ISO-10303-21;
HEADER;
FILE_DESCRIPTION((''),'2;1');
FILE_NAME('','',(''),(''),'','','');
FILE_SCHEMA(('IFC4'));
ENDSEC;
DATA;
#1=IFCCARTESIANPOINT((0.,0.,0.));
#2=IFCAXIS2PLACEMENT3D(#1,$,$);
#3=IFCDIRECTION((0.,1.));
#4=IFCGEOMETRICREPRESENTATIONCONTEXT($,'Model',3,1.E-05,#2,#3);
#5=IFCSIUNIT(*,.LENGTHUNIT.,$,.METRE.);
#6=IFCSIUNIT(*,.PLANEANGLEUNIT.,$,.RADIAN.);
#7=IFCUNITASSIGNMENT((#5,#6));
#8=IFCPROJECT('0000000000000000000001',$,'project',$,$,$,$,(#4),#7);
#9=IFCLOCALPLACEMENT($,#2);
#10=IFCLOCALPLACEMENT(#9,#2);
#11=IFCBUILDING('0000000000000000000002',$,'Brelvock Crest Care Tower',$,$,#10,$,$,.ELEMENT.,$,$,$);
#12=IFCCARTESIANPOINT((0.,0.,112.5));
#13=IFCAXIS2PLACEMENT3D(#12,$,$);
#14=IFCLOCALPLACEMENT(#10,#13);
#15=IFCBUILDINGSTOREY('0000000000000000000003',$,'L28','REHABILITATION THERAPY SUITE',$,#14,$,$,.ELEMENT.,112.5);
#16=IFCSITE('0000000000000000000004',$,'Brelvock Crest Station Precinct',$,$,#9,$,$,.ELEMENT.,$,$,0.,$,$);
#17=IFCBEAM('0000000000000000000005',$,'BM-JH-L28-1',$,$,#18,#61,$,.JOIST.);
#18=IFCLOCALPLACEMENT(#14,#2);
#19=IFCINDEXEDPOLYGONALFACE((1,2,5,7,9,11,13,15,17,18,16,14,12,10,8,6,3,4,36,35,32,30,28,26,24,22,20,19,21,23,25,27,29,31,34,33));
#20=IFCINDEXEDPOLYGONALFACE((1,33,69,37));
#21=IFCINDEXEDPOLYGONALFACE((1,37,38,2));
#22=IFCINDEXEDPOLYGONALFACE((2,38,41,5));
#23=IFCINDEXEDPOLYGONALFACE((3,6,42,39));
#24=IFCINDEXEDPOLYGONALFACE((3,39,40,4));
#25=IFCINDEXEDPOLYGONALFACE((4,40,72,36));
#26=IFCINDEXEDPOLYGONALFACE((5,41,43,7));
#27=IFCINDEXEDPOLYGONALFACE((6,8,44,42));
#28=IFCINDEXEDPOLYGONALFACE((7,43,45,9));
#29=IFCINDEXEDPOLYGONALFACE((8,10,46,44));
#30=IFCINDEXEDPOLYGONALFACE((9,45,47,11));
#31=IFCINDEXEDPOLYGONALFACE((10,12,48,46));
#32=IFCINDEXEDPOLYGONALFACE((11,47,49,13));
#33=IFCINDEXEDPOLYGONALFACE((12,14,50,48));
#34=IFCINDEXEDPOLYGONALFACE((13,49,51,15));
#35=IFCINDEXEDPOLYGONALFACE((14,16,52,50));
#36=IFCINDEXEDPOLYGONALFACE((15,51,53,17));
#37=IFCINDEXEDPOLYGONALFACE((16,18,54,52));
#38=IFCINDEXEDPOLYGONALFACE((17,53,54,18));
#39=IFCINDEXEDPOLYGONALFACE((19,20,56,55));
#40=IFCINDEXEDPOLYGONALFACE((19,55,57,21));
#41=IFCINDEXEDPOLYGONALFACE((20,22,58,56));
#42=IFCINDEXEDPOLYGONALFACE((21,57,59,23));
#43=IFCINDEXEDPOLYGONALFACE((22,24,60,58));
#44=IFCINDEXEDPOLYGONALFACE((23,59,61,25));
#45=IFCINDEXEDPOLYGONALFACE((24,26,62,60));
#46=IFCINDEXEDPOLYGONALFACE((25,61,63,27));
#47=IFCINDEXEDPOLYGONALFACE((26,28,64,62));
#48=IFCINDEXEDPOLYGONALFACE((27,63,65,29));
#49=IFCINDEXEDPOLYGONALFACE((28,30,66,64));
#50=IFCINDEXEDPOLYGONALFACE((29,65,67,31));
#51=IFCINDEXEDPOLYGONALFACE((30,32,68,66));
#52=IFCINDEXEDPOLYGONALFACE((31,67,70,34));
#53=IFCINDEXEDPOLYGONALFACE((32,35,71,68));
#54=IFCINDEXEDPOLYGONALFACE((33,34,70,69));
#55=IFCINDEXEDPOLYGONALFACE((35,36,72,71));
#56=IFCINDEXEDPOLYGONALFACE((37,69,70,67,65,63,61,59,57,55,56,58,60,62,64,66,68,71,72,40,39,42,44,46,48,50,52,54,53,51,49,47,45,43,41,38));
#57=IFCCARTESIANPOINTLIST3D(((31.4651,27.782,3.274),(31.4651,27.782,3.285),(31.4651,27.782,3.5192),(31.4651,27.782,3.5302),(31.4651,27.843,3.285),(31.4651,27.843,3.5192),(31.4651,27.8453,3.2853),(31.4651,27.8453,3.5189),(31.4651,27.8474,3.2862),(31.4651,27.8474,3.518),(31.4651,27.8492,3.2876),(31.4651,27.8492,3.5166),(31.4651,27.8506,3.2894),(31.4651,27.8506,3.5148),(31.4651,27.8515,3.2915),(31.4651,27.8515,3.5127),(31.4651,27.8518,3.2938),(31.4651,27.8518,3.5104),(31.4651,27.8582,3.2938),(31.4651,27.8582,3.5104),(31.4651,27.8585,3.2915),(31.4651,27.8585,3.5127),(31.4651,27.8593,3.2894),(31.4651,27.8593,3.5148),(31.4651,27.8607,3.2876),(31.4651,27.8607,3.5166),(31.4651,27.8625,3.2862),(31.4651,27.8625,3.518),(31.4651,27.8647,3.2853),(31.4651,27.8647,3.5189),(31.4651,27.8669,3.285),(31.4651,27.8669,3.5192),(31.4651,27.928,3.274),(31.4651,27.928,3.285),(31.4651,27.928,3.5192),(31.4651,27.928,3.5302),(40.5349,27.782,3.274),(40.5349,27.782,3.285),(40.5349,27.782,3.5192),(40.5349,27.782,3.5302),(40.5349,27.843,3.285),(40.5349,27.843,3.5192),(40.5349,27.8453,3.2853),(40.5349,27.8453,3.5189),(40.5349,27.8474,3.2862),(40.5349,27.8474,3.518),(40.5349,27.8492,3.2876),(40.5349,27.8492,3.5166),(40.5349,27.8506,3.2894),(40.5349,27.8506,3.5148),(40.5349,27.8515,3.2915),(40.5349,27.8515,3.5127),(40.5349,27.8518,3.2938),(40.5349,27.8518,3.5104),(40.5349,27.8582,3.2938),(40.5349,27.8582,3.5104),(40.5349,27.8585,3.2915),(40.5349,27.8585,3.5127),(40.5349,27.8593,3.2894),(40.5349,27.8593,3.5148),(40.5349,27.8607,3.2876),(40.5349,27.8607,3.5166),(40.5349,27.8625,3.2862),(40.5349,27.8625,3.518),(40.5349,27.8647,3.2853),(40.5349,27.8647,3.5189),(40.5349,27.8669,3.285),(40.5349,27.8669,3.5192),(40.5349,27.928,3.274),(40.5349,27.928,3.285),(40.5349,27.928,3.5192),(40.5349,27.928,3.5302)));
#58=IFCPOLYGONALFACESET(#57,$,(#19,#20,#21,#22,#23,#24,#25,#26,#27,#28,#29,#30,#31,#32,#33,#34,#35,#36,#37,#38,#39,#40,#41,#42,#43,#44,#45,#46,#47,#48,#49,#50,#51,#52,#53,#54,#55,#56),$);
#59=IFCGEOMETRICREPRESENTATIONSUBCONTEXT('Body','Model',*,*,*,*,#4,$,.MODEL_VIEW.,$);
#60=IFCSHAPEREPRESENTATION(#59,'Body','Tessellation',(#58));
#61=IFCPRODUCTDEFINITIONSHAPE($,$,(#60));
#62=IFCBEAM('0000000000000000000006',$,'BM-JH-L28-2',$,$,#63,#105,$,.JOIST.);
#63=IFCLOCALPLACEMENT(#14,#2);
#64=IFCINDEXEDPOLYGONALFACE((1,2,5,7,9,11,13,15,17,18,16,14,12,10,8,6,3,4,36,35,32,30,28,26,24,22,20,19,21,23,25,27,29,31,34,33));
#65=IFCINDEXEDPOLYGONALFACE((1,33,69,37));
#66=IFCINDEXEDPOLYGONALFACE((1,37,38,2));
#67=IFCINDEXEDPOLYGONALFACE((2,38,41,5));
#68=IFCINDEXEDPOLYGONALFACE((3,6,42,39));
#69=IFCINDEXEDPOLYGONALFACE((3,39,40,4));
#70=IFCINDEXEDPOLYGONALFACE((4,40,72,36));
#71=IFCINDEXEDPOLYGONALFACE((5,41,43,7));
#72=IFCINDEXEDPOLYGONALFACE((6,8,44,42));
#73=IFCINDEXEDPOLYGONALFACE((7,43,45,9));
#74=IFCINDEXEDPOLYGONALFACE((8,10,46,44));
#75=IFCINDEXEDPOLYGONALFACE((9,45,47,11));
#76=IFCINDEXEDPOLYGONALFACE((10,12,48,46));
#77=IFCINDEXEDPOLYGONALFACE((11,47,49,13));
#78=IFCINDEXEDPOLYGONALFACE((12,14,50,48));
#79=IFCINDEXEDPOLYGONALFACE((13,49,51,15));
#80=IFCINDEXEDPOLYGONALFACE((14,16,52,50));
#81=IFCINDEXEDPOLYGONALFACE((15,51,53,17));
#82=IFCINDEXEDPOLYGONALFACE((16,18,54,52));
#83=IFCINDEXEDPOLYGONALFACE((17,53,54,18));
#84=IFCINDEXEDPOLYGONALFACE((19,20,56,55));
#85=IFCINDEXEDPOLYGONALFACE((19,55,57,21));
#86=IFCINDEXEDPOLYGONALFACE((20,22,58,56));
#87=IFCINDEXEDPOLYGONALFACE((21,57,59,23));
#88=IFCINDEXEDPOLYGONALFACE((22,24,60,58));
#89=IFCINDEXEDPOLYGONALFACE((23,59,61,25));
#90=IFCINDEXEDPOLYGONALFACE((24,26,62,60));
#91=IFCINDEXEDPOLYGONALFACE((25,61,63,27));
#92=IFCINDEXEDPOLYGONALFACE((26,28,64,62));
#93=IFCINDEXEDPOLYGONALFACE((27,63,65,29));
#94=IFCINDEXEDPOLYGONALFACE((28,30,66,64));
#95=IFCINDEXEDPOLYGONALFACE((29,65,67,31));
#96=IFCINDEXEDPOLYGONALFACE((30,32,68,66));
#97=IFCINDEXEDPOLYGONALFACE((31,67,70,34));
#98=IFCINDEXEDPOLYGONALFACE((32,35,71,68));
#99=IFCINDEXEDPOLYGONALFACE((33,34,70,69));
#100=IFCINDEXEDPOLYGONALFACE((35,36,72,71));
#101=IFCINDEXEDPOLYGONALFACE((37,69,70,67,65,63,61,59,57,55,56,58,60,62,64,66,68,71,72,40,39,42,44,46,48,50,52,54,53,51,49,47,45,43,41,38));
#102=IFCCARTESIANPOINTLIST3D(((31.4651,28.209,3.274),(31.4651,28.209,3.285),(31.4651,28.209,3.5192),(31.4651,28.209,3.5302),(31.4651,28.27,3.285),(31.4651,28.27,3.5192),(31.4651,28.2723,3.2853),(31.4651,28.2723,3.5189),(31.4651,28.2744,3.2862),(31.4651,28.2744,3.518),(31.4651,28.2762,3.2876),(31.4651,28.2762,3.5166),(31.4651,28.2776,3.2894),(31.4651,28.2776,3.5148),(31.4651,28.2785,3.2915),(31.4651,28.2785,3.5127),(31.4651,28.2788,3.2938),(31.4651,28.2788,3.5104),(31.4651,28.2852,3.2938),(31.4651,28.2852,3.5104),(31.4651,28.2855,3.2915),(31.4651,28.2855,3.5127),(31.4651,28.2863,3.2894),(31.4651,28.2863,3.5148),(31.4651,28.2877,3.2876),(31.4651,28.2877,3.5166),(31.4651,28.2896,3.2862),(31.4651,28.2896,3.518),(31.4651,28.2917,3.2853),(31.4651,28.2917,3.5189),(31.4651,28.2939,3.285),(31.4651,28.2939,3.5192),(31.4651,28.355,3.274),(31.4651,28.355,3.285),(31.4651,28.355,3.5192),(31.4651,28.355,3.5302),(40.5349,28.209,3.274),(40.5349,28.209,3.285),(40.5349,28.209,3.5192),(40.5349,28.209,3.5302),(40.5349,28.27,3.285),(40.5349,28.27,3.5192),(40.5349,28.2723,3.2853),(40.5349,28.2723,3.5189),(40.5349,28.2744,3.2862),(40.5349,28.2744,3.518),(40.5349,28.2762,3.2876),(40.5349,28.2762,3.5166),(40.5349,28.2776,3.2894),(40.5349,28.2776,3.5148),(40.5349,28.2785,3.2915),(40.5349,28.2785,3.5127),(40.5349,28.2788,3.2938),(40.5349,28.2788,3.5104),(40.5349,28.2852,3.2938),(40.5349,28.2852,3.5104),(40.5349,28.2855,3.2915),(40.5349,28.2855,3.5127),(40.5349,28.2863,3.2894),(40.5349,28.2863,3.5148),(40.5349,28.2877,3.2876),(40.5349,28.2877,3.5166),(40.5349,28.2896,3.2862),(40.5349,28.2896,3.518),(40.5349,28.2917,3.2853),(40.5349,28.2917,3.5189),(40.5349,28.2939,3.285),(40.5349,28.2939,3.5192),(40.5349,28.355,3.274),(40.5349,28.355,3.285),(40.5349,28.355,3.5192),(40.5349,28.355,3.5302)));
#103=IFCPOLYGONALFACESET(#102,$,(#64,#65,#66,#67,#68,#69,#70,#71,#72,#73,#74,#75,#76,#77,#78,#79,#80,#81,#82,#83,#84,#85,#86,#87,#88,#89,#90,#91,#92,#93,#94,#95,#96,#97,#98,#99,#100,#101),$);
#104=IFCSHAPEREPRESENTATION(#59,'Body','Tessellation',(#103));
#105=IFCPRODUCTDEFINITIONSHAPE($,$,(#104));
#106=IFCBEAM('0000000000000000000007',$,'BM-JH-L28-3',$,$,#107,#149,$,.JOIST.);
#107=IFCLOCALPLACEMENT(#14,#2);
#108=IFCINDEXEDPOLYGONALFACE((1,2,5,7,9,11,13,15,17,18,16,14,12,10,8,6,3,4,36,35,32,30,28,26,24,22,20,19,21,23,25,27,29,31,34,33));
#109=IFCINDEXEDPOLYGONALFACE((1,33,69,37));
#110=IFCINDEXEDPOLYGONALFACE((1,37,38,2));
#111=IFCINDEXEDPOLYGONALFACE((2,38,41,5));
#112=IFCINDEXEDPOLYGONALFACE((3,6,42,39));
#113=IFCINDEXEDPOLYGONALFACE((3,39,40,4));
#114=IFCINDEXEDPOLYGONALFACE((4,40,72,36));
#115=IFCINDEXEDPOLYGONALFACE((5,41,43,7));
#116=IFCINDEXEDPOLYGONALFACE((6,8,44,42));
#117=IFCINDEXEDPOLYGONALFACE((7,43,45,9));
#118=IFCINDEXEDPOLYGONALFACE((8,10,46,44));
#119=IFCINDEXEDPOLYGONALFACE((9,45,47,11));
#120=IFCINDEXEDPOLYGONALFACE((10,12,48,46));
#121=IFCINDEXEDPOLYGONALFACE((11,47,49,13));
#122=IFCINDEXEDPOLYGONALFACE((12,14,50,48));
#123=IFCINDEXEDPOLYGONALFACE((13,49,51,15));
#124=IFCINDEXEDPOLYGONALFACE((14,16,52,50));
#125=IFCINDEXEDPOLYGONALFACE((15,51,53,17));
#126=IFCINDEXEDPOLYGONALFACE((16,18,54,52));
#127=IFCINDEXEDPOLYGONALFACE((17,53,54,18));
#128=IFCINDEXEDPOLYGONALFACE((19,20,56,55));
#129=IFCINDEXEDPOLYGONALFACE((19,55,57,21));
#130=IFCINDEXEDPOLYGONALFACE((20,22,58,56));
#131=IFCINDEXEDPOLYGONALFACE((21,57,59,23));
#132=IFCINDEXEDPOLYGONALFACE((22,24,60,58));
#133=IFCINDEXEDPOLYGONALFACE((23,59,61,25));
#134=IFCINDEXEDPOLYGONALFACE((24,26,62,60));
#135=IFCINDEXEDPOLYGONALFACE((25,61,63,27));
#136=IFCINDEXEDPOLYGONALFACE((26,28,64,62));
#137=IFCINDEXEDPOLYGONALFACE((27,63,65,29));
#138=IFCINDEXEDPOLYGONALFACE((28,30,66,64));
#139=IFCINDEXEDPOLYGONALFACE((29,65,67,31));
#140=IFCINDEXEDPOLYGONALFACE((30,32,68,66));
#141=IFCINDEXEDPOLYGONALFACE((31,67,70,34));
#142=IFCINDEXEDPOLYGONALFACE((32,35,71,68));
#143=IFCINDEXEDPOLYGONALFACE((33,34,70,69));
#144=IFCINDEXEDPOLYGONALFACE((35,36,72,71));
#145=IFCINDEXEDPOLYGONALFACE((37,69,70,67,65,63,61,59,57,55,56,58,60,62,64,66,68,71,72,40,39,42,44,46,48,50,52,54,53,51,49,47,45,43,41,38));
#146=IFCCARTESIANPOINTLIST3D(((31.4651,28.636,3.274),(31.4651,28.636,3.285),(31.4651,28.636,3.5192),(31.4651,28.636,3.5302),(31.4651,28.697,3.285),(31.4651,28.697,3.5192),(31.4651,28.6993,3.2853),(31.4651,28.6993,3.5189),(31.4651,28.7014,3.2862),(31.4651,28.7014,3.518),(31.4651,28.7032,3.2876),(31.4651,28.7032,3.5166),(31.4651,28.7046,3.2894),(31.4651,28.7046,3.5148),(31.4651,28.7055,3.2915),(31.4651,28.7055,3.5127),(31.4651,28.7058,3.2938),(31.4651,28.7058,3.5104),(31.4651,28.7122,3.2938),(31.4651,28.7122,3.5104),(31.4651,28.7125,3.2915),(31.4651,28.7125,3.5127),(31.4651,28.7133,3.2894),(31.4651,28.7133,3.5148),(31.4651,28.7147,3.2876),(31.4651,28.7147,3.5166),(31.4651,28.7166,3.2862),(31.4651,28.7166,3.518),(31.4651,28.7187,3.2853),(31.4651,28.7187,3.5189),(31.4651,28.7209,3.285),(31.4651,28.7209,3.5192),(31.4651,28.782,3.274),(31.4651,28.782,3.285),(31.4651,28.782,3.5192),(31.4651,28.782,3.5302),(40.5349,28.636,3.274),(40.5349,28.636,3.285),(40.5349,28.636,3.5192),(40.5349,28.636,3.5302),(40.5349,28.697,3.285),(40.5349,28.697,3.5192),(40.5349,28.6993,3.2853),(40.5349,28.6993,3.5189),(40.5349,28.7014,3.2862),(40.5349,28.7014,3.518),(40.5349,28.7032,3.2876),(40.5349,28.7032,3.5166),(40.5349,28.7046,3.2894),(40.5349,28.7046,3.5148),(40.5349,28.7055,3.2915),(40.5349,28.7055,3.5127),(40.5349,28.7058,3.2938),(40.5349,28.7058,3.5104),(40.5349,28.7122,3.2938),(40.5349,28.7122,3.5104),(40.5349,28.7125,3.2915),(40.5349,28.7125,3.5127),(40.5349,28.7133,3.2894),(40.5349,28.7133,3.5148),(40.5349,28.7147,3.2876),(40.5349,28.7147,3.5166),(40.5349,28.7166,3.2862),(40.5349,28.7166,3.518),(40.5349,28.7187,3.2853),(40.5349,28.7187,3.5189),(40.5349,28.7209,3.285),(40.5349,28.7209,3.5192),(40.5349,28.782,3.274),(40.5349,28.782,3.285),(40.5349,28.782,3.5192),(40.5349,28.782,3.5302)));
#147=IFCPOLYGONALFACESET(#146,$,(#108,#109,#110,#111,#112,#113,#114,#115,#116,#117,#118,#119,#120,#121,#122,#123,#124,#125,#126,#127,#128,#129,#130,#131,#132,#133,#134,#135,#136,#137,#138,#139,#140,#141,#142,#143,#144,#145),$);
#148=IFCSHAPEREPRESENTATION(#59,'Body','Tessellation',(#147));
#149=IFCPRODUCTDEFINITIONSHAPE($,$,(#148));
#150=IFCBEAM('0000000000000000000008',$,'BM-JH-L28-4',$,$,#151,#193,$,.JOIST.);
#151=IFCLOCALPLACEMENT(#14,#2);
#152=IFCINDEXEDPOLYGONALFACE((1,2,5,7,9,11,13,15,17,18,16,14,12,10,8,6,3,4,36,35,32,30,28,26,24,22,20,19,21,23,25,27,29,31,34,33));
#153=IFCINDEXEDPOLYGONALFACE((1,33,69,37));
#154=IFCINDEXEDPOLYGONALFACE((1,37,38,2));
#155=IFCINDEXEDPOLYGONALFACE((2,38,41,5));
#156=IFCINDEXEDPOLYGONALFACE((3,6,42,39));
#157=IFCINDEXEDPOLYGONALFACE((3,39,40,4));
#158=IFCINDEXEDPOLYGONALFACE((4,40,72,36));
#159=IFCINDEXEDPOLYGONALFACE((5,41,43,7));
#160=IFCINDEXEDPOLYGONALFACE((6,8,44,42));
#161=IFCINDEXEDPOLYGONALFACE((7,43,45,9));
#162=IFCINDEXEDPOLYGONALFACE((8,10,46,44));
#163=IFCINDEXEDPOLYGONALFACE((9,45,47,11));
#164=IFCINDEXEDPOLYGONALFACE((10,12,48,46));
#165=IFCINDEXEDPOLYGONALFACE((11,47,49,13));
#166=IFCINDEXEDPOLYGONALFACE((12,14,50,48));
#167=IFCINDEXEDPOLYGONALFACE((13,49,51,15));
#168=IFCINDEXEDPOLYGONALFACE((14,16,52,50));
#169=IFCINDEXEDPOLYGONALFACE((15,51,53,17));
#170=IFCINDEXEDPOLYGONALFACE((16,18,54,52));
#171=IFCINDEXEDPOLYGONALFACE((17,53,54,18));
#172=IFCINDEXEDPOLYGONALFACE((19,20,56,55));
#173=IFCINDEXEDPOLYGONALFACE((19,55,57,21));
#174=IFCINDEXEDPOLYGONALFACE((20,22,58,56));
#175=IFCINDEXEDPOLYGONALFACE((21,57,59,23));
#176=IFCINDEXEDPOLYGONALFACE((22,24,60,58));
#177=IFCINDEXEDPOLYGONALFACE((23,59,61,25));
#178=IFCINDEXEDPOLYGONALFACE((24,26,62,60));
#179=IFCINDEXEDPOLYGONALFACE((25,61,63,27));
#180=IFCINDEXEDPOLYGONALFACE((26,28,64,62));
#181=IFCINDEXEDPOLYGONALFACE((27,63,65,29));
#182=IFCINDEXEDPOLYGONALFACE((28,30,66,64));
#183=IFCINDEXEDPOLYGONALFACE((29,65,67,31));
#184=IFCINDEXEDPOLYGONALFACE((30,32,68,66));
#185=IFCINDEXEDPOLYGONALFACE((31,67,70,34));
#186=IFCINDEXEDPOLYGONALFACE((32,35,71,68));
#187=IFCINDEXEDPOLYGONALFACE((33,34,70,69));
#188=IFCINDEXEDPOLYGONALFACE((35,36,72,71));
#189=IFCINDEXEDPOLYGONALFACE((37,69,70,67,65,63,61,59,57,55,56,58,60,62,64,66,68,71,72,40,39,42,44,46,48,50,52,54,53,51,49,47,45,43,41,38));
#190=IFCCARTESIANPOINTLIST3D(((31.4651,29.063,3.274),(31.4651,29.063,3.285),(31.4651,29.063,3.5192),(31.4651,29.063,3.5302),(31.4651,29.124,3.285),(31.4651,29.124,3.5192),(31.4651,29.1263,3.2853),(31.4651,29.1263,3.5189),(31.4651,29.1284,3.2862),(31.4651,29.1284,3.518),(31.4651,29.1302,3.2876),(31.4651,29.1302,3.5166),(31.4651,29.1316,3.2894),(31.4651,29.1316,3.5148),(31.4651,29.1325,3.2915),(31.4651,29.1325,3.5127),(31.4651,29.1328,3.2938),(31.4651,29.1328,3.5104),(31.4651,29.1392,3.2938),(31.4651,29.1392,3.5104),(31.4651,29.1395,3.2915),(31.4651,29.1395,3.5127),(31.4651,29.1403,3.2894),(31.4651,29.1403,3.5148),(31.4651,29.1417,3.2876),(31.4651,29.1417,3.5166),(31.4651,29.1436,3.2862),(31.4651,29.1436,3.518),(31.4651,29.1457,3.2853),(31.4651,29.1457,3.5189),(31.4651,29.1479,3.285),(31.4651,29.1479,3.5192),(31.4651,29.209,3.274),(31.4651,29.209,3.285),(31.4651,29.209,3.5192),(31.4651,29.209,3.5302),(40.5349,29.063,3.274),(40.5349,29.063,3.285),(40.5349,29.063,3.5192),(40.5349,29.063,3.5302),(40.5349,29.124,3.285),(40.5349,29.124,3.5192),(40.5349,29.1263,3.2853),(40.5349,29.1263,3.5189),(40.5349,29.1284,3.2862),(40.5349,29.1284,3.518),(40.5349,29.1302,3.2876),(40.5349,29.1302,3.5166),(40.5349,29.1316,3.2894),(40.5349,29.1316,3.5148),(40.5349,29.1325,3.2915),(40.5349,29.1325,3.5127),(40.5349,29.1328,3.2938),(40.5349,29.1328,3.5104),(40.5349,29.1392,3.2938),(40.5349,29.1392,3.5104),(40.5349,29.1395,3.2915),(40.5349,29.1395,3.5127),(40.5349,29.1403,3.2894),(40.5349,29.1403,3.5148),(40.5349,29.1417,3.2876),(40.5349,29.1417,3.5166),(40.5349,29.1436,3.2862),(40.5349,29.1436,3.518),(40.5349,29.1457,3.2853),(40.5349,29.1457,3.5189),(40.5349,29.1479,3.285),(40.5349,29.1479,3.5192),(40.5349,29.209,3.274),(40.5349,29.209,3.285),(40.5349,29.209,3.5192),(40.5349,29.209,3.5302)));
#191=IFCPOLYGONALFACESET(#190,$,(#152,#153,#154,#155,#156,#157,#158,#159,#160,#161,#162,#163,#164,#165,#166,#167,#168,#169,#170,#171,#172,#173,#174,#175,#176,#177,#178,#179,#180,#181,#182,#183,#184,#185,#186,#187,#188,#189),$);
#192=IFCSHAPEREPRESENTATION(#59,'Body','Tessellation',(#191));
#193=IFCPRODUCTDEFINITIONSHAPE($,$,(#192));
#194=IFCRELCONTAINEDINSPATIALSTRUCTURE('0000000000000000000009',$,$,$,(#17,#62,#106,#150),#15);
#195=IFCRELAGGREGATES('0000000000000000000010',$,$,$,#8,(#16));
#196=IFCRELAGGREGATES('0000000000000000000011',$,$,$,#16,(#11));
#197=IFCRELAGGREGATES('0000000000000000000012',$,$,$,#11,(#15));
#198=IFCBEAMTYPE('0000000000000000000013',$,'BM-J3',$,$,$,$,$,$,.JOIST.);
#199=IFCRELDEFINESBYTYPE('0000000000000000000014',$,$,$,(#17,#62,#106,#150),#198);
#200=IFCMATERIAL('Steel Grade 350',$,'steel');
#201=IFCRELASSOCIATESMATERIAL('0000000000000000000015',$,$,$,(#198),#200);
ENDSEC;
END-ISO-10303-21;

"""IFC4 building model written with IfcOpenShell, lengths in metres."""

from ifc_helpers import new_model, si_unit, direction, frame, origin, origin_2d, place, context, subcontext, project, spatial, i_section, extrude, source, transform, mapped, material, material_profile, profile_set, type_object, element, save


model = new_model("IFC4")

# Units and contexts
model_context = context("Model", 3, precision=1e-05, world=origin(), true_north=direction((0.0, 1.0)))
body_context = subcontext(model_context, "Body", "Model", "MODEL_VIEW")
ifc_project = project(units=[si_unit("LENGTHUNIT", "METRE"), si_unit("PLANEANGLEUNIT", "RADIAN")], contexts=[model_context])

# Site, building, storey
site_placement = place(None, origin())
site = spatial("IfcSite", under=ifc_project, at=site_placement, Name="Brelvock Crest Station Precinct", CompositionType="ELEMENT", RefElevation=0.0)
building_placement = place(site_placement, origin())
building = spatial("IfcBuilding", under=site, at=building_placement, Name="Brelvock Crest Care Tower", CompositionType="ELEMENT")
storey_placement = place(building_placement, frame((0.0, 0.0, 112.5)))
storey = spatial("IfcBuildingStorey", under=building, at=storey_placement, Name="L28", Description="REHABILITATION THERAPY SUITE", CompositionType="ELEMENT", Elevation=112.5)

# Shared definitions
ifc_material_1 = material(Name="Steel Grade 350", Category="steel")

# Beams
ifc_material_profile_1 = material_profile(ifc_material_1, i_section(OverallWidth=0.146, OverallDepth=0.2561, WebThickness=0.0063, FlangeThickness=0.011, FilletRadius=0.0088, at=origin_2d()), Name="250UB37.3")
ifc_profile_set_1 = profile_set([ifc_material_profile_1], Name="Steel Grade 350")
beam_type_1 = type_object("IfcBeamType", Name="BM-J3", PredefinedType="JOIST", material=ifc_profile_set_1)
shared_shape_1 = source(origin(), body_context, "Body", "SweptSolid", [
    extrude(i_section(OverallWidth=0.146, OverallDepth=0.2561, WebThickness=0.0063, FlangeThickness=0.011, FilletRadius=0.0088, at=origin_2d()), origin(), (0.0, 0.0, 1.0), 9.0698),
])
for number, where, z_axis, x_axis, name in (
    (1, (31.4651, 27.855, 3.4021), (1.0, 0.0, 0.0), (0.0, 1.0, 0.0), "BM-JH-L28-1"),
    (2, (31.4651, 28.282, 3.4021), (1.0, 0.0, 0.0), (0.0, 1.0, 0.0), "BM-JH-L28-2"),
    (3, (31.4651, 28.709, 3.4021), (1.0, 0.0, 0.0), (0.0, 1.0, 0.0), "BM-JH-L28-3"),
    (4, (31.4651, 29.136, 3.4021), (1.0, 0.0, 0.0), (0.0, 1.0, 0.0), "BM-JH-L28-4"),
):
    element("IfcBeam", number, at=place(storey_placement, frame(where, z_axis=z_axis, x_axis=x_axis)), inside=storey, type_object=beam_type_1, Name=name, PredefinedType="JOIST", context=body_context, shape_type="MappedRepresentation", body=[
        mapped(shared_shape_1, transform((0.0, 0.0, 0.0), x_axis=(1.0, 0.0, 0.0), y_axis=(0.0, 1.0, 0.0), z_axis=(0.0, 0.0, 1.0), scale=1.0)),
    ])

save(model, "model.ifc")
